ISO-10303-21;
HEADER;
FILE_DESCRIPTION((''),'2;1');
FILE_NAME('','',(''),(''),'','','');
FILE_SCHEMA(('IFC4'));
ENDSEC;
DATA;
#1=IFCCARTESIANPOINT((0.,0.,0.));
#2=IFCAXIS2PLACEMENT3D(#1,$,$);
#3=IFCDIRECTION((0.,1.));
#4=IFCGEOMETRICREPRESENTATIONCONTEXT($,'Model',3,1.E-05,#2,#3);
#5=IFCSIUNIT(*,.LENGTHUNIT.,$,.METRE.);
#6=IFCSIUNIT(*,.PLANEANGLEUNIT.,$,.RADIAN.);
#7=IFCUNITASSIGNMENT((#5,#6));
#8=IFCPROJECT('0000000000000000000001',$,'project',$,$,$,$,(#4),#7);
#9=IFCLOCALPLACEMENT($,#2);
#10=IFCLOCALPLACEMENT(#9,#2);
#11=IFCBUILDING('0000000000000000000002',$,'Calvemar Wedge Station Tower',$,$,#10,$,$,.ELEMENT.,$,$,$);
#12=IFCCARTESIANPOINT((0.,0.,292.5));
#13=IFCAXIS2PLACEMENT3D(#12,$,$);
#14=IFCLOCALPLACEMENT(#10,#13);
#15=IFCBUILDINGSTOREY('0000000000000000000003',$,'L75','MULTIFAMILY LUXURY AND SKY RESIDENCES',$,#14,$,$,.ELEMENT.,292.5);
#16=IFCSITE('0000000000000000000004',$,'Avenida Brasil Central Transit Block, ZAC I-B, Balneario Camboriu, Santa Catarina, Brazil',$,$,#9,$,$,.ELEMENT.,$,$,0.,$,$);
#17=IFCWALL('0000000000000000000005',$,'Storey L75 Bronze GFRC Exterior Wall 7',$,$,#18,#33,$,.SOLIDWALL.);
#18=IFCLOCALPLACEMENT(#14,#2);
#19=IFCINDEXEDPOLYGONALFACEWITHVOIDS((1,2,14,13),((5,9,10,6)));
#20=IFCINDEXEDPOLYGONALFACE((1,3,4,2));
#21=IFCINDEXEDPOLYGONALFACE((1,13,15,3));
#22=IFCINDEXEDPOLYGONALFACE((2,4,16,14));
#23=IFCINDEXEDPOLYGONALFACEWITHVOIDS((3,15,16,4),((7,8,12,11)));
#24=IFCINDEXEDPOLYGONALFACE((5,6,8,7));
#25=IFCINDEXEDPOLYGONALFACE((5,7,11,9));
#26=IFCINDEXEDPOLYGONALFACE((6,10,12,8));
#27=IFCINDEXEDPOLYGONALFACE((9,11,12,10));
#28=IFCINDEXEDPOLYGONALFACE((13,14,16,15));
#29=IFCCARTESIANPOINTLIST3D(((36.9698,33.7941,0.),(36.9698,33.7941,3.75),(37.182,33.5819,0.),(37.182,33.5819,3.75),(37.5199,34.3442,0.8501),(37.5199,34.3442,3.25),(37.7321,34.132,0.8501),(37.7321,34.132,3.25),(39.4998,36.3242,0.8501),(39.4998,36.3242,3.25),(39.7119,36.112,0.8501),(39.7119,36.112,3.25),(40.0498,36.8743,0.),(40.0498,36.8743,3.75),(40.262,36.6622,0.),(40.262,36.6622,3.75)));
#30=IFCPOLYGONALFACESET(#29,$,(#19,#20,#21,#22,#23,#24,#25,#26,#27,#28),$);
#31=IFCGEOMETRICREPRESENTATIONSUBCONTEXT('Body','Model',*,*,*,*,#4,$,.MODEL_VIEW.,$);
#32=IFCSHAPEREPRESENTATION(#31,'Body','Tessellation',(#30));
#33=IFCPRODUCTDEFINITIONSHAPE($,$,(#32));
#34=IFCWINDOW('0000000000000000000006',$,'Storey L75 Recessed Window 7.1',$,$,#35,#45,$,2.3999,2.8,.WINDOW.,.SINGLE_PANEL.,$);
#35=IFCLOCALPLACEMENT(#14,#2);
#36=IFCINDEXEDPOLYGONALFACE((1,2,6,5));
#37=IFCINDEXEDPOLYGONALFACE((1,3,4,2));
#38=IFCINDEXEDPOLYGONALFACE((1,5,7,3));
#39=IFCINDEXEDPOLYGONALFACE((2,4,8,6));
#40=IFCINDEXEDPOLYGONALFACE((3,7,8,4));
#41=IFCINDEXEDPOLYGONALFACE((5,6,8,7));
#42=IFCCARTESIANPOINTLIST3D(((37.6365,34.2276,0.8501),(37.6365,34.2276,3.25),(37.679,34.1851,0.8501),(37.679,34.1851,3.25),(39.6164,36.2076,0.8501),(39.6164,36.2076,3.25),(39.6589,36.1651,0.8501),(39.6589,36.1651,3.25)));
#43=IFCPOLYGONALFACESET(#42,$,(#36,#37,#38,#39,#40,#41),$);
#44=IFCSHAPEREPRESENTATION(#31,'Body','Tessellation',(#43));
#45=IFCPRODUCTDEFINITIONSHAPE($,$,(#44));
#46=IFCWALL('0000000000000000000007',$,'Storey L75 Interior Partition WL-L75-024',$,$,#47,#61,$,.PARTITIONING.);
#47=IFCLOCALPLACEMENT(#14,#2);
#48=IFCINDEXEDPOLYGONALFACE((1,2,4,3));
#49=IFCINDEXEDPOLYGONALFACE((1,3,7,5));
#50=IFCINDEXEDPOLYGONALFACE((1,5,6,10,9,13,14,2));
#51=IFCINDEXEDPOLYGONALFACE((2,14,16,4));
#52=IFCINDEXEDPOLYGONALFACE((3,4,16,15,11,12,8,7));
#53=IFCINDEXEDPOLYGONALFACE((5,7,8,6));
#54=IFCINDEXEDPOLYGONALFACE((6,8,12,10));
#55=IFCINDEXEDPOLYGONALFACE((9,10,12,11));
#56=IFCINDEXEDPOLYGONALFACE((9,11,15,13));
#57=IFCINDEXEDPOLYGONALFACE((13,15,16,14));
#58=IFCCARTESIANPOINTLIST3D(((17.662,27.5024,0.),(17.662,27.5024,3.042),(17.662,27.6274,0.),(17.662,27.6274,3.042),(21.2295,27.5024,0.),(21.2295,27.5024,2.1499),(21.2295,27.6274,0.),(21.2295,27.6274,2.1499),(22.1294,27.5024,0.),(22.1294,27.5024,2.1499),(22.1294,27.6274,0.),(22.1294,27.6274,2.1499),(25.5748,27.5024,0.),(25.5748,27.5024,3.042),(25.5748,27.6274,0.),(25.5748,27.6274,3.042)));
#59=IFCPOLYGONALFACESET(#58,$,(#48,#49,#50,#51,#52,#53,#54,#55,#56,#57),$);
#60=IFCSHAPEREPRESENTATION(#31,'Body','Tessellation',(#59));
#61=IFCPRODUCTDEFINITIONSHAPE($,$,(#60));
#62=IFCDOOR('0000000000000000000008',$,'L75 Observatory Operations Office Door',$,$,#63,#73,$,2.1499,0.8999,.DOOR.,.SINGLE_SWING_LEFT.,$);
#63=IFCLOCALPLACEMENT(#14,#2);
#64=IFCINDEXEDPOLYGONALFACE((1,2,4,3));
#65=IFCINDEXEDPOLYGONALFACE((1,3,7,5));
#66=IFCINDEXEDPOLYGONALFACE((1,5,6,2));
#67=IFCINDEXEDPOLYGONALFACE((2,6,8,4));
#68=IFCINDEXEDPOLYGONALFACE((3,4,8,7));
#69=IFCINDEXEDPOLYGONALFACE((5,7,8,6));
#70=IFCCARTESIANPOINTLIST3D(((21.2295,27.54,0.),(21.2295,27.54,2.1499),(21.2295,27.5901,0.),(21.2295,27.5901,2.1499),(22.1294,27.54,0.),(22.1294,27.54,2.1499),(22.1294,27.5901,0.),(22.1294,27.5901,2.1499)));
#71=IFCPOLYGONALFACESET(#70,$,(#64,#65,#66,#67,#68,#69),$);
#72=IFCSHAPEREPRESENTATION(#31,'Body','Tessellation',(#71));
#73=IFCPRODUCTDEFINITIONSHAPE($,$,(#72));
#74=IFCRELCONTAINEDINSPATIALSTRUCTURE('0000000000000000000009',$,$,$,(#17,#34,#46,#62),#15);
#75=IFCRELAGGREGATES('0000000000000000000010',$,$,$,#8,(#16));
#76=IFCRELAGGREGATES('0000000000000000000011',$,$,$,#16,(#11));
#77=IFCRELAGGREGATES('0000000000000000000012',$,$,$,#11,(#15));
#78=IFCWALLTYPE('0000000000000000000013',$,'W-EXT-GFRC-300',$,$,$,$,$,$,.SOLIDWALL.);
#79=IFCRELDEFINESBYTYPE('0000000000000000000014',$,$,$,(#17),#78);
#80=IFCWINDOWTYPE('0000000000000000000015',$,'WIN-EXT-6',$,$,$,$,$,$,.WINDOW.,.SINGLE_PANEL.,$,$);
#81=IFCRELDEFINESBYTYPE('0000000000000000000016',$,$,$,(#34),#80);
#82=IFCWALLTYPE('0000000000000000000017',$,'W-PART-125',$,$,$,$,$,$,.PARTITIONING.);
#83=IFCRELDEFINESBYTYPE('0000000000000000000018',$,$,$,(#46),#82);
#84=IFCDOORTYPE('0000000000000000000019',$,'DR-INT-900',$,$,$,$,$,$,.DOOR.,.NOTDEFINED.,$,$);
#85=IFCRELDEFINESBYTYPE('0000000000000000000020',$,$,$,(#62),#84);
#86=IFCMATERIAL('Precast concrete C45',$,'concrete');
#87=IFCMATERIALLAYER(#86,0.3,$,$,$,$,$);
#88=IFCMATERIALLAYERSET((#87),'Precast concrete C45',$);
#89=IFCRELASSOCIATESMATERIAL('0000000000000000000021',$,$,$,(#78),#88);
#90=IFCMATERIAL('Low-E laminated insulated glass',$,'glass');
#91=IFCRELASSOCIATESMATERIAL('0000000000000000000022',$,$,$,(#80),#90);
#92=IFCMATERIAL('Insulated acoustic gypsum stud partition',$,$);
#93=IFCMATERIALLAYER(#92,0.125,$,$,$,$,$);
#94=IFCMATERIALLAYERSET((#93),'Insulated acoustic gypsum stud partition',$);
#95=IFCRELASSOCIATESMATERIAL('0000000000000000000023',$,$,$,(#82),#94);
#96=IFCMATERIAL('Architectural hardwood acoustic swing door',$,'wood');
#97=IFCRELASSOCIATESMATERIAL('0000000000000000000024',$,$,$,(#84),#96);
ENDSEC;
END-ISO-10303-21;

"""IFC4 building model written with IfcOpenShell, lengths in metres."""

from ifc_helpers import new_model, si_unit, direction, frame, frame_2d, origin, place, context, subcontext, project, spatial, rectangle, extrude, source, transform, mapped, material, layer, layer_set, type_object, element, fill, save


model = new_model("IFC4")

# Units and contexts
model_context = context("Model", 3, precision=1e-05, world=origin(), true_north=direction((0.0, 1.0)))
body_context = subcontext(model_context, "Body", "Model", "MODEL_VIEW")
ifc_project = project(units=[si_unit("LENGTHUNIT", "METRE"), si_unit("PLANEANGLEUNIT", "RADIAN")], contexts=[model_context])

# Site, building, storey
site_placement = place(None, origin())
site = spatial("IfcSite", under=ifc_project, at=site_placement, Name="Avenida Brasil Central Transit Block, ZAC I-B, Balneario Camboriu, Santa Catarina, Brazil", CompositionType="ELEMENT", RefElevation=0.0)
building_placement = place(site_placement, origin())
building = spatial("IfcBuilding", under=site, at=building_placement, Name="Calvemar Wedge Station Tower", CompositionType="ELEMENT")
storey_placement = place(building_placement, frame((0.0, 0.0, 292.5)))
storey = spatial("IfcBuildingStorey", under=building, at=storey_placement, Name="L75", Description="MULTIFAMILY LUXURY AND SKY RESIDENCES", CompositionType="ELEMENT", Elevation=292.5)

# Shared definitions
ifc_material_1 = material(Name="Precast concrete C45", Category="concrete")
ifc_layer_1 = layer(ifc_material_1, 0.3)
ifc_layer_set_1 = layer_set([ifc_layer_1], Name="Precast concrete C45")
wall_type_1 = type_object("IfcWallType", Name="W-EXT-GFRC-300", PredefinedType="SOLIDWALL", material=ifc_layer_set_1)
shared_shape_1 = source(origin(), body_context, "Body", "SweptSolid", [
    extrude(rectangle(XDim=2.8, YDim=2.3999, at=frame_2d((1.3999, 1.2))), frame((0.0, 0.1602, 0.0), z_axis=(0.0, -1.0, 0.0), x_axis=(1.0, 0.0, 0.0)), (0.0, 0.0, 1.0), 0.3201),
])
ifc_material_2 = material(Name="Low-E laminated insulated glass", Category="glass")
window_type_1 = type_object("IfcWindowType", Name="WIN-EXT-6", PartitioningType="SINGLE_PANEL", PredefinedType="WINDOW", material=ifc_material_2)
shared_shape_2 = source(origin(), body_context, "Body", "SweptSolid", [
    extrude(rectangle(XDim=2.8, YDim=2.3999, at=frame_2d((1.3999, 1.2))), frame((0.0, -0.0149, 0.0), z_axis=(0.0, -1.0, 0.0), x_axis=(1.0, 0.0, 0.0)), (0.0, 0.0, 1.0), 0.0601),
])

# Wall, opening, window
wall_1_placement = place(storey_placement, frame((37.0759, 33.688, 0.0), z_axis=(0.0, 0.0, 1.0), x_axis=(0.707079, 0.707135, 0.0)))
wall_1 = element("IfcWall", 1, at=wall_1_placement, inside=storey, type_object=wall_type_1, Name="Storey L75 Bronze GFRC Exterior Wall 7", PredefinedType="SOLIDWALL", context=body_context, shape_type="SweptSolid", body=[
    extrude(rectangle(XDim=4.356, YDim=0.3, at=frame_2d((2.178, 0.0))), origin(), (0.0, 0.0, 1.0), 3.75),
])
opening_1_placement = place(wall_1_placement, frame((0.7781, 0.0, 0.8501)))
opening_1 = element("IfcOpeningElement", 2, at=opening_1_placement, cuts=wall_1, PredefinedType="OPENING", context=body_context, shape_type="MappedRepresentation", body=[
    mapped(shared_shape_1, transform((0.0, 0.0, 0.0), scale=1.0)),
])
window_1_placement = place(opening_1_placement, origin())
window_1 = element("IfcWindow", 3, at=window_1_placement, inside=storey, type_object=window_type_1, Name="Storey L75 Recessed Window 7.1", OverallHeight=2.3999, OverallWidth=2.8, PartitioningType="SINGLE_PANEL", PredefinedType="WINDOW", context=body_context, shape_type="MappedRepresentation", body=[
    mapped(shared_shape_2, transform((0.0, 0.0, 0.0), scale=1.0)),
])
fill(opening_1, window_1)

# Wall, opening, door
ifc_material_3 = material(Name="Insulated acoustic gypsum stud partition")
ifc_layer_2 = layer(ifc_material_3, 0.125)
ifc_layer_set_2 = layer_set([ifc_layer_2], Name="Insulated acoustic gypsum stud partition")
wall_type_2 = type_object("IfcWallType", Name="W-PART-125", PredefinedType="PARTITIONING", material=ifc_layer_set_2)
wall_2_placement = place(storey_placement, frame((25.575, 27.5649, 0.0), z_axis=(0.0, 0.0, 1.0), x_axis=(-1.0, 0.0, 0.0)))
wall_2 = element("IfcWall", 4, at=wall_2_placement, inside=storey, type_object=wall_type_2, Name="Storey L75 Interior Partition WL-L75-024", PredefinedType="PARTITIONING", context=body_context, shape_type="SweptSolid", body=[
    extrude(rectangle(XDim=7.9128, YDim=0.125, at=frame_2d((3.9565, 0.0))), origin(), (0.0, 0.0, 1.0), 3.042),
])
shared_shape_3 = source(origin(), body_context, "Body", "SweptSolid", [
    extrude(rectangle(XDim=0.8999, YDim=2.1499, at=frame_2d((0.45, 1.075))), frame((0.0, 0.0725, 0.0), z_axis=(0.0, -1.0, 0.0), x_axis=(1.0, 0.0, 0.0)), (0.0, 0.0, 1.0), 0.145),
])
opening_2_placement = place(wall_2_placement, frame((3.4456, 0.0, 0.0)))
opening_2 = element("IfcOpeningElement", 5, at=opening_2_placement, cuts=wall_2, PredefinedType="OPENING", context=body_context, shape_type="MappedRepresentation", body=[
    mapped(shared_shape_3, transform((0.0, 0.0, 0.0), scale=1.0)),
])
ifc_material_4 = material(Name="Architectural hardwood acoustic swing door", Category="wood")
door_type_1 = type_object("IfcDoorType", Name="DR-INT-900", OperationType="NOTDEFINED", PredefinedType="DOOR", material=ifc_material_4)
shared_shape_4 = source(origin(), body_context, "Body", "SweptSolid", [
    extrude(rectangle(XDim=0.8999, YDim=2.1499, at=frame_2d((0.45, 1.075))), frame((0.0, 0.0249, 0.0), z_axis=(0.0, -1.0, 0.0), x_axis=(1.0, 0.0, 0.0)), (0.0, 0.0, 1.0), 0.05),
])
door_1_placement = place(opening_2_placement, origin())
door_1 = element("IfcDoor", 6, at=door_1_placement, inside=storey, type_object=door_type_1, Name="L75 Observatory Operations Office Door", OperationType="SINGLE_SWING_LEFT", OverallHeight=2.1499, OverallWidth=0.8999, PredefinedType="DOOR", context=body_context, shape_type="MappedRepresentation", body=[
    mapped(shared_shape_4, transform((0.0, 0.0, 0.0), scale=1.0)),
])
fill(opening_2, door_1)

save(model, "model.ifc")
